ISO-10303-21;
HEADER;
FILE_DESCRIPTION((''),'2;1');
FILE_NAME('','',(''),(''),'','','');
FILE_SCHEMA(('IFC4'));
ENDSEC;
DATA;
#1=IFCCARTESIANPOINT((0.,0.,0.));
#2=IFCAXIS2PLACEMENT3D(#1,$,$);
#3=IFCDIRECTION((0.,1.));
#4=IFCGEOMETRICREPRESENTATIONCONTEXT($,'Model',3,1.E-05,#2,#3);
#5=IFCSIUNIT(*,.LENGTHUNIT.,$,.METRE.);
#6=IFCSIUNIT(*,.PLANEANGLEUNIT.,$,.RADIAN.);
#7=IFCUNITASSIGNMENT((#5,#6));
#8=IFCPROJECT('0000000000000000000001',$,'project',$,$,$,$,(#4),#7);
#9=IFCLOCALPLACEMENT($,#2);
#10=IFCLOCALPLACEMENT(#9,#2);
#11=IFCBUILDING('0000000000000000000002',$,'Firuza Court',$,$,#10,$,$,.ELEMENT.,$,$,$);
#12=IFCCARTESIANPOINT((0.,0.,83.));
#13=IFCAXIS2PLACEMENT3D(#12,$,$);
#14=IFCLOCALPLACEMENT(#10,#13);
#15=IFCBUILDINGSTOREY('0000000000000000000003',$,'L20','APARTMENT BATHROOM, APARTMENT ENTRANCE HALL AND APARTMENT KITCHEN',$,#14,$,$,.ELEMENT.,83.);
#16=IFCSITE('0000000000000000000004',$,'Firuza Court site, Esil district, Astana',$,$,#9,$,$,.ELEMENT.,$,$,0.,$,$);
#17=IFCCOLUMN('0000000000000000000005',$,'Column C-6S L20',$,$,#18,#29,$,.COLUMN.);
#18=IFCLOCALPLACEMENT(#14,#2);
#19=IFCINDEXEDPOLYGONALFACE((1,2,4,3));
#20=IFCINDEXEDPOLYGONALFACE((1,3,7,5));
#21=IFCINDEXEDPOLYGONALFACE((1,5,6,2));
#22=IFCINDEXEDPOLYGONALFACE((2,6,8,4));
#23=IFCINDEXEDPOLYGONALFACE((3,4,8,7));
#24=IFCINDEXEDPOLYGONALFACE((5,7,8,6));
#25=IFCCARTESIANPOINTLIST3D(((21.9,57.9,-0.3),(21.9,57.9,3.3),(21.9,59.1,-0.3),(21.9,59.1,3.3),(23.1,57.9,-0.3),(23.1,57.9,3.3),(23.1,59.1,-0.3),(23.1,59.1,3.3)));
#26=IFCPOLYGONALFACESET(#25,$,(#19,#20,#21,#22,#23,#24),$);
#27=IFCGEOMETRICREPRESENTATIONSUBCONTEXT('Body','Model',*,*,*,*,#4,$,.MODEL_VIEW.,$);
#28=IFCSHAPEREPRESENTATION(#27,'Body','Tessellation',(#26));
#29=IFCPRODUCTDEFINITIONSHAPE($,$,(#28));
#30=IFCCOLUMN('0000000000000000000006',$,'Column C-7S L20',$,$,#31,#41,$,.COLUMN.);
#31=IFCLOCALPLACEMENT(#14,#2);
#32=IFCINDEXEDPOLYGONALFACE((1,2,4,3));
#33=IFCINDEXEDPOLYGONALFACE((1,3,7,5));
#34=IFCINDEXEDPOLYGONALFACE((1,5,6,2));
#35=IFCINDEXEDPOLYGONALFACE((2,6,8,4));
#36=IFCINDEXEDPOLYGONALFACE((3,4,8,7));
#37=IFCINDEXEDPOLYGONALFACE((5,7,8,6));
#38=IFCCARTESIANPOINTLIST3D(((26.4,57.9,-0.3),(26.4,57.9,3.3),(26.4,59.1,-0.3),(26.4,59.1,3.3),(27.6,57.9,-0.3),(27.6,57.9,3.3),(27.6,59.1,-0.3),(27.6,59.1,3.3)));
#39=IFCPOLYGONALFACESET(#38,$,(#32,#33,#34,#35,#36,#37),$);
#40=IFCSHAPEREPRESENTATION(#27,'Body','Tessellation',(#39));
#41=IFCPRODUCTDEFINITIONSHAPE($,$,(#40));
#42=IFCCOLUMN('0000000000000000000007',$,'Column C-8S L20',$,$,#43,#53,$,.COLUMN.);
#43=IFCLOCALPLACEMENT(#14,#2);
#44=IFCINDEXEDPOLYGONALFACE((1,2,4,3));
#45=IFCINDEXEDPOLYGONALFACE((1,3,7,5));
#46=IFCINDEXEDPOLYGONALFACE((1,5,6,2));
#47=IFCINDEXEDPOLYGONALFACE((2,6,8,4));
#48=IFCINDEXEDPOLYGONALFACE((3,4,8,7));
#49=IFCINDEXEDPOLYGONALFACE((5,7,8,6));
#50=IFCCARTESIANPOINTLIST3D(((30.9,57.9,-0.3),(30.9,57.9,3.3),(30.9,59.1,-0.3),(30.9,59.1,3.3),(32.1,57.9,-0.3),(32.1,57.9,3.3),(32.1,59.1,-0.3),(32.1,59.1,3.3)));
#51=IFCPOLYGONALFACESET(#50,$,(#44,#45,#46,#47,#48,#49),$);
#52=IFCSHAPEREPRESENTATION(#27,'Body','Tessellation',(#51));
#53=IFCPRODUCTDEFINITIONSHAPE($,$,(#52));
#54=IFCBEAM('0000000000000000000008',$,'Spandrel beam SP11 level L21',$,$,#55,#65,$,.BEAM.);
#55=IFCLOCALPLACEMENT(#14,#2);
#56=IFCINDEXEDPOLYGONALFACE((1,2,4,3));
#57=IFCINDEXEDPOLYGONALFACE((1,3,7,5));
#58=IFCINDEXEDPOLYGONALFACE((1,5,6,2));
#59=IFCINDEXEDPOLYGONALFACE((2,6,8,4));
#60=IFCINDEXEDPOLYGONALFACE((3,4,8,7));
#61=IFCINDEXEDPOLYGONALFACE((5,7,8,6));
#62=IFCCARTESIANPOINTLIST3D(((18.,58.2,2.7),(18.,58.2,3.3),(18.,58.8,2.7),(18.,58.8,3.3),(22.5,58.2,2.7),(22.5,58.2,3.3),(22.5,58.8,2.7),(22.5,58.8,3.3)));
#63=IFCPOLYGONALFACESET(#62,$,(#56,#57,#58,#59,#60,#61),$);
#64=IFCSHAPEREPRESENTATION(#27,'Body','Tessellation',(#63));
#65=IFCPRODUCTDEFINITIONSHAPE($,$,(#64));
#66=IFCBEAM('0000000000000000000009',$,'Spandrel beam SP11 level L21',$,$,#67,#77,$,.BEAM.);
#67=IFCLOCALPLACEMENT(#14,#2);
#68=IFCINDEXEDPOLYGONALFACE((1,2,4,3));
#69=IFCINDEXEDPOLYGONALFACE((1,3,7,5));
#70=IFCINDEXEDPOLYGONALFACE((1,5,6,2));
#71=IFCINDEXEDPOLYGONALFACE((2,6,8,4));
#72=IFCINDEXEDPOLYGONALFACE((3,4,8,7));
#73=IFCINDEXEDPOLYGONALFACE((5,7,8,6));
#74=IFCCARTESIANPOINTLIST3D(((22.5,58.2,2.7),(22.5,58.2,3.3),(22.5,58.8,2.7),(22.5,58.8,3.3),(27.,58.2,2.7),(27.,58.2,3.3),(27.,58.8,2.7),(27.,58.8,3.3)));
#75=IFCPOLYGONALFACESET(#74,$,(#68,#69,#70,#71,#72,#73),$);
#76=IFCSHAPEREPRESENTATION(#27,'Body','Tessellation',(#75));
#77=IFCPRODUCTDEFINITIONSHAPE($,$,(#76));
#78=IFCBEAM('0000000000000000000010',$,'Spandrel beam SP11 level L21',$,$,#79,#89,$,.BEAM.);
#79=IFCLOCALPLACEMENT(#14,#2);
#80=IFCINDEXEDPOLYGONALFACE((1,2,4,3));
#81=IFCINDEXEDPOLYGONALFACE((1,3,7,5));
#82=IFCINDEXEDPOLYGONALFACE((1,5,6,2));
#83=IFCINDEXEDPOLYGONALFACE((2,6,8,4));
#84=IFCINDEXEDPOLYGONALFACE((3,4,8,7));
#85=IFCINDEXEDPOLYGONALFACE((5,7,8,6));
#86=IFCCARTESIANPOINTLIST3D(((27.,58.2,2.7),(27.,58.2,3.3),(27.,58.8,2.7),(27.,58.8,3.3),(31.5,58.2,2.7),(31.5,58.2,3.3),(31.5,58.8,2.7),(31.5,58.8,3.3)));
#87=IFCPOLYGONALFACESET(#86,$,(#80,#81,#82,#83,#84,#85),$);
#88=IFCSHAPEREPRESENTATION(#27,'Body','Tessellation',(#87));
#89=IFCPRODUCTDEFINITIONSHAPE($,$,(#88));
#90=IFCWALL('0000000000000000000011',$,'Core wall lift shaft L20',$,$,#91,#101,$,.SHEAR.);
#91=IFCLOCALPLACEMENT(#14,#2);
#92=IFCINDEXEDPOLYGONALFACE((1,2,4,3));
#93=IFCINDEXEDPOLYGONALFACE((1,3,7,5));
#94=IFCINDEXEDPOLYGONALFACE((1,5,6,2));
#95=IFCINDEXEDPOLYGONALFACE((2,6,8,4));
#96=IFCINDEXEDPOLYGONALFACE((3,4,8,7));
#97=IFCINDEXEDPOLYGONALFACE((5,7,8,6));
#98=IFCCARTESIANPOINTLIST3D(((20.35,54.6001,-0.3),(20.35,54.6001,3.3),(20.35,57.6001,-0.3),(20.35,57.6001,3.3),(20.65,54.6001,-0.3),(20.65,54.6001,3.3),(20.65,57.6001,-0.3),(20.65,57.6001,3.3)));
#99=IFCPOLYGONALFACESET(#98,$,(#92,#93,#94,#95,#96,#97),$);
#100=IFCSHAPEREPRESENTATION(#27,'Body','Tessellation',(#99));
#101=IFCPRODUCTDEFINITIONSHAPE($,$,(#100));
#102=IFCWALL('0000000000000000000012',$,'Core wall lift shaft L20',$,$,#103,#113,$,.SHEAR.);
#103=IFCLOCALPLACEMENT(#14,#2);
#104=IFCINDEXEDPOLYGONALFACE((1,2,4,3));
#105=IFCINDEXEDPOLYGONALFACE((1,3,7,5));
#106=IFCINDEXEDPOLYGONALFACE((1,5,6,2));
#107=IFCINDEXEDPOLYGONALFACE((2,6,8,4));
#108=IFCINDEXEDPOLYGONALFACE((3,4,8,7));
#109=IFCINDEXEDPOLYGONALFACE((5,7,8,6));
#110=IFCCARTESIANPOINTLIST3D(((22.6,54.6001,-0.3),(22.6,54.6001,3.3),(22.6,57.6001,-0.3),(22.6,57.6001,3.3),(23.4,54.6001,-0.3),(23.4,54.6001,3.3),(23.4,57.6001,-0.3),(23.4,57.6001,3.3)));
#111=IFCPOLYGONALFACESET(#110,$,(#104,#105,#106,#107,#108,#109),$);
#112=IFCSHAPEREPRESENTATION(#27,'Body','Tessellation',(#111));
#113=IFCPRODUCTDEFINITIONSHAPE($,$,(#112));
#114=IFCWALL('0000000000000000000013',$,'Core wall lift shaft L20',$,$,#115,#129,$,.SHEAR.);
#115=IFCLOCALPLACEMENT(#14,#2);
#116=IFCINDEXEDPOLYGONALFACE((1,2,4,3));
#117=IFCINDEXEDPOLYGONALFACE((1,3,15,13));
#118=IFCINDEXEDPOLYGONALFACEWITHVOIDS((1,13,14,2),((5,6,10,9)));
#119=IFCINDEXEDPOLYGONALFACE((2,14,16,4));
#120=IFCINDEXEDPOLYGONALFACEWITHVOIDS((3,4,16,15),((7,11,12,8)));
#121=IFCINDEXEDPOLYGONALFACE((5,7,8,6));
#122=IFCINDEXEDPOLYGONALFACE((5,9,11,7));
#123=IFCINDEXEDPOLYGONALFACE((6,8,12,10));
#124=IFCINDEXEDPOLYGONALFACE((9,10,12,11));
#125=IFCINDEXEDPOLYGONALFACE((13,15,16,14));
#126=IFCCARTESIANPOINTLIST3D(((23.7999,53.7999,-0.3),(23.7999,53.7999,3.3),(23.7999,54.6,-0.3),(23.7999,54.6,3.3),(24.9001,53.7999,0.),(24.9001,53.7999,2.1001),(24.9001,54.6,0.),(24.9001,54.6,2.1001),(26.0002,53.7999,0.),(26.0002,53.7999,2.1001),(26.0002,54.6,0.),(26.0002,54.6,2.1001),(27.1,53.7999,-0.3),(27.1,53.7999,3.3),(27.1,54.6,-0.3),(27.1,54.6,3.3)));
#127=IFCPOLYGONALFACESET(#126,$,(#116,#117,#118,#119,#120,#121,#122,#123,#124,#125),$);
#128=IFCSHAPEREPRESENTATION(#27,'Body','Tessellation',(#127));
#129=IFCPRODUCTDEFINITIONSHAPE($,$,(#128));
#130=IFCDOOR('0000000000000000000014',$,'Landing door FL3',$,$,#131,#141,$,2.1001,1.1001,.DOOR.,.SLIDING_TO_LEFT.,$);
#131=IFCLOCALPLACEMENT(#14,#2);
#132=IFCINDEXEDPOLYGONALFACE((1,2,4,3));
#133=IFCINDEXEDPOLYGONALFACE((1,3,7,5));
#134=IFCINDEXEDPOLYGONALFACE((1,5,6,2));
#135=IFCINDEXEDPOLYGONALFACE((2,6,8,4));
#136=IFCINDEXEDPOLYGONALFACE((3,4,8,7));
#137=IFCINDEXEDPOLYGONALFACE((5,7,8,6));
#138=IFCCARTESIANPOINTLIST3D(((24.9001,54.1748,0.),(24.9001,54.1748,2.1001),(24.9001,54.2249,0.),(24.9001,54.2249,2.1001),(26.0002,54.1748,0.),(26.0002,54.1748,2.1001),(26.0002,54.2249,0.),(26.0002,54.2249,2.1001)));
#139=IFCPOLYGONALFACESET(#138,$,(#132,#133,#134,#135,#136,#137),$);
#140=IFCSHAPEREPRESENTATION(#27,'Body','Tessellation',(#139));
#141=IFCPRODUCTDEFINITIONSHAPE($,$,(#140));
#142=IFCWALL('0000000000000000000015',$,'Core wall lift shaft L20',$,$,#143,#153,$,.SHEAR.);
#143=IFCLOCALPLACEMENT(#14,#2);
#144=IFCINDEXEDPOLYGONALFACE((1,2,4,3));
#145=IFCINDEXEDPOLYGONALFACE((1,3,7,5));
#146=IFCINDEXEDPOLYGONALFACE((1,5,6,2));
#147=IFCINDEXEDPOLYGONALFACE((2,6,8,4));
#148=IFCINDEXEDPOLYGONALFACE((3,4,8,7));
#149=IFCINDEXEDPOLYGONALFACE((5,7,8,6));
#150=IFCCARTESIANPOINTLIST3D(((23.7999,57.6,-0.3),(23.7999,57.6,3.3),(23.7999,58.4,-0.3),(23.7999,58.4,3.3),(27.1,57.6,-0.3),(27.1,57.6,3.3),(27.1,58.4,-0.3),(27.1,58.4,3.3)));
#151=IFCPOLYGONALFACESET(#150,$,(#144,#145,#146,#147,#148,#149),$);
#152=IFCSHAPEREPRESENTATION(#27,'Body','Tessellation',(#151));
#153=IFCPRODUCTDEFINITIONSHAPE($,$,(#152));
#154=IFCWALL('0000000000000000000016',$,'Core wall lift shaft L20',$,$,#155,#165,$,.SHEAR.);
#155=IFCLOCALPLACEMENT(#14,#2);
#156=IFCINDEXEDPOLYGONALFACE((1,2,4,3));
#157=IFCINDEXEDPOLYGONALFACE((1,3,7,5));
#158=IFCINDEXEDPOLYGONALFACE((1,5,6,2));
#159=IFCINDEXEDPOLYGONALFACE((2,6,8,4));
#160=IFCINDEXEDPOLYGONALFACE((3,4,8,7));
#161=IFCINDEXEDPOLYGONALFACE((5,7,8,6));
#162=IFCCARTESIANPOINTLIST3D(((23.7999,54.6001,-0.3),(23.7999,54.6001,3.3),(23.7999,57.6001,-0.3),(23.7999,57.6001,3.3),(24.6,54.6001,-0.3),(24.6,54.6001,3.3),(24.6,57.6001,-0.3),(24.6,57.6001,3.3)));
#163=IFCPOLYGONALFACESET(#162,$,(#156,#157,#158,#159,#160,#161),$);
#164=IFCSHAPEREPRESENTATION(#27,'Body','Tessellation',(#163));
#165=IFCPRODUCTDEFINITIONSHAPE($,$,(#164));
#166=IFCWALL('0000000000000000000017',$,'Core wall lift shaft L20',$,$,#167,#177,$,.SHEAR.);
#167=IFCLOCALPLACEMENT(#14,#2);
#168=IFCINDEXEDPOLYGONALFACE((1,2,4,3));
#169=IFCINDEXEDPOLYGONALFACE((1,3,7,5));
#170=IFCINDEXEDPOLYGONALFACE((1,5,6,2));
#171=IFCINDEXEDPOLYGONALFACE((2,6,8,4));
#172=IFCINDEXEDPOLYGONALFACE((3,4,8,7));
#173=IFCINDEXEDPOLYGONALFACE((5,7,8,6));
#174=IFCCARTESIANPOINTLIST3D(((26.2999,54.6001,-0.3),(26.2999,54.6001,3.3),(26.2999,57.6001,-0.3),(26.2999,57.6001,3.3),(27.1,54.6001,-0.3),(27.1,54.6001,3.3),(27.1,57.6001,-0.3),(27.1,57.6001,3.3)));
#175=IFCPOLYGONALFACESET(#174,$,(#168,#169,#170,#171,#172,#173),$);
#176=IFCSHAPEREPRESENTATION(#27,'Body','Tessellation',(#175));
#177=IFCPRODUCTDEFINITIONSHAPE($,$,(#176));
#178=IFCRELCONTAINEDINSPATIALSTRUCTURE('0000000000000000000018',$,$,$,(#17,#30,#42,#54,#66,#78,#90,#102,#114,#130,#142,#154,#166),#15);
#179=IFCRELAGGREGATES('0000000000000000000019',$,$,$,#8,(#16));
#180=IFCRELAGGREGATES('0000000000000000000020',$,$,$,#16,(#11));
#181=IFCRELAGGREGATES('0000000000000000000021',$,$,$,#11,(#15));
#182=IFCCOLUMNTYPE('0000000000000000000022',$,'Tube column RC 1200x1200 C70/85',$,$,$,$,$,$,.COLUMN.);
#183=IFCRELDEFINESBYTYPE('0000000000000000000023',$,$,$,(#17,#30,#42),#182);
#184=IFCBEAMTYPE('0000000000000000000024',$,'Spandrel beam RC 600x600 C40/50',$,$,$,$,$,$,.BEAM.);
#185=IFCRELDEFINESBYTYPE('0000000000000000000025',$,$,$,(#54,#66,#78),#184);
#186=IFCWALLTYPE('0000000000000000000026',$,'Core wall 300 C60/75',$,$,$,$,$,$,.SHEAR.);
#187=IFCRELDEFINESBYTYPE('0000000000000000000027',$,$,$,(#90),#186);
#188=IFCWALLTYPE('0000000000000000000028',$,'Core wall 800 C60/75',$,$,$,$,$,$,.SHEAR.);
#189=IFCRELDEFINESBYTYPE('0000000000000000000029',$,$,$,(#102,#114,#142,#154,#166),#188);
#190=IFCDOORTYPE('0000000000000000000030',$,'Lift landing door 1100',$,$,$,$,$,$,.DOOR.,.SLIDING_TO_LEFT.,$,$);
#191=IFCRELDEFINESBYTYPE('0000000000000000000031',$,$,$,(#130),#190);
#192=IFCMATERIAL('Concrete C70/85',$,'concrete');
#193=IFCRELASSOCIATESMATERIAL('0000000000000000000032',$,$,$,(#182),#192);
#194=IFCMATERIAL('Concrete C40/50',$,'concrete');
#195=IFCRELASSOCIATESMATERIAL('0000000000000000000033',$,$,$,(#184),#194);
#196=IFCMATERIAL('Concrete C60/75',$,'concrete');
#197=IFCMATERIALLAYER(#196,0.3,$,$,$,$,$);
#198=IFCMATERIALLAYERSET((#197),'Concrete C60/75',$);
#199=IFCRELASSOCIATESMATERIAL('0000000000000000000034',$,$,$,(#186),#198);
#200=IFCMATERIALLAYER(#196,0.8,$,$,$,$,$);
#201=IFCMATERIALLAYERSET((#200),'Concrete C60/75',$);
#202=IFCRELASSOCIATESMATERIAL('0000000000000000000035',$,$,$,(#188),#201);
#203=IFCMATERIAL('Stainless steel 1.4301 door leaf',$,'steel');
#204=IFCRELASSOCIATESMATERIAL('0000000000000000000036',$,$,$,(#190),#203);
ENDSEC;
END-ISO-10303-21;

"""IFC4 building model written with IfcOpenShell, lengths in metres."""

from ifc_helpers import new_model, si_unit, direction, frame, frame_2d, origin, origin_2d, place, context, subcontext, project, spatial, rectangle, extrude, material, layer, layer_set, material_profile, profile_set, type_object, element, fill, save


model = new_model("IFC4")

# Units and contexts
model_context = context("Model", 3, precision=1e-05, world=origin(), true_north=direction((0.0, 1.0)))
body_context = subcontext(model_context, "Body", "Model", "MODEL_VIEW")
ifc_project = project(units=[si_unit("LENGTHUNIT", "METRE"), si_unit("PLANEANGLEUNIT", "RADIAN")], contexts=[model_context])

# Site, building, storey
site_placement = place(None, origin())
site = spatial("IfcSite", under=ifc_project, at=site_placement, Name="Firuza Court site, Esil district, Astana", CompositionType="ELEMENT", RefElevation=0.0)
building_placement = place(site_placement, origin())
building = spatial("IfcBuilding", under=site, at=building_placement, Name="Firuza Court", CompositionType="ELEMENT")
storey_placement = place(building_placement, frame((0.0, 0.0, 83.0)))
storey = spatial("IfcBuildingStorey", under=building, at=storey_placement, Name="L20", Description="APARTMENT BATHROOM, APARTMENT ENTRANCE HALL AND APARTMENT KITCHEN", CompositionType="ELEMENT", Elevation=83.0)

# Columns
ifc_material_1 = material(Name="Concrete C70/85", Category="concrete")
ifc_material_profile_1 = material_profile(ifc_material_1, rectangle(XDim=1.2, YDim=1.2, at=origin_2d()), Name="RC 1200x1200")
ifc_profile_set_1 = profile_set([ifc_material_profile_1], Name="Concrete C70/85")
column_type = type_object("IfcColumnType", Name="Tube column RC 1200x1200 C70/85", PredefinedType="COLUMN", material=ifc_profile_set_1)
for number, where, z_axis, x_axis, name in (
    (1, (22.5, 58.5, -0.3), (0.0, 0.0, 1.0), (1.0, 0.0, 0.0), "Column C-6S L20"),
    (2, (27.0, 58.5, -0.3), (0.0, 0.0, 1.0), (1.0, 0.0, 0.0), "Column C-7S L20"),
    (3, (31.5, 58.5, -0.3), (0.0, 0.0, 1.0), (1.0, 0.0, 0.0), "Column C-8S L20"),
):
    element("IfcColumn", number, at=place(storey_placement, frame(where, z_axis=z_axis, x_axis=x_axis)), inside=storey, type_object=column_type, Name=name, PredefinedType="COLUMN", context=body_context, shape_type="SweptSolid", body=[
        extrude(rectangle(XDim=1.2, YDim=1.2, at=origin_2d()), origin(), (0.0, 0.0, 1.0), 3.6001),
    ])

# Beams
ifc_material_2 = material(Name="Concrete C40/50", Category="concrete")
ifc_material_profile_2 = material_profile(ifc_material_2, rectangle(XDim=0.6001, YDim=0.6001, at=origin_2d()), Name="RC 600x600")
ifc_profile_set_2 = profile_set([ifc_material_profile_2], Name="Concrete C40/50")
beam_type = type_object("IfcBeamType", Name="Spandrel beam RC 600x600 C40/50", PredefinedType="BEAM", material=ifc_profile_set_2)
for number, where, z_axis, x_axis, name in (
    (4, (22.5, 58.5, 3.0), (-1.0, 0.0, 0.0), (0.0, -1.0, 0.0), "Spandrel beam SP11 level L21"),
    (5, (27.0, 58.5, 3.0), (-1.0, 0.0, 0.0), (0.0, -1.0, 0.0), "Spandrel beam SP11 level L21"),
    (6, (31.5, 58.5, 3.0), (-1.0, 0.0, 0.0), (0.0, -1.0, 0.0), "Spandrel beam SP11 level L21"),
):
    element("IfcBeam", number, at=place(storey_placement, frame(where, z_axis=z_axis, x_axis=x_axis)), inside=storey, type_object=beam_type, Name=name, PredefinedType="BEAM", context=body_context, shape_type="SweptSolid", body=[
        extrude(rectangle(XDim=0.6001, YDim=0.6001, at=origin_2d()), origin(), (0.0, 0.0, 1.0), 4.5),
    ])

# Walls
ifc_material_3 = material(Name="Concrete C60/75", Category="concrete")
ifc_layer_1 = layer(ifc_material_3, 0.3)
ifc_layer_set_1 = layer_set([ifc_layer_1], Name="Concrete C60/75")
wall_type_1 = type_object("IfcWallType", Name="Core wall 300 C60/75", PredefinedType="SHEAR", material=ifc_layer_set_1)
wall_1_placement = place(storey_placement, frame((20.5, 54.6001, -0.3), z_axis=(0.0, 0.0, 1.0), x_axis=(0.0, 1.0, 0.0)))
element("IfcWall", 7, at=wall_1_placement, inside=storey, type_object=wall_type_1, Name="Core wall lift shaft L20", PredefinedType="SHEAR", context=body_context, shape_type="SweptSolid", body=[
    extrude(rectangle(XDim=3.0, YDim=0.3, at=frame_2d((1.5, 0.0))), origin(), (0.0, 0.0, 1.0), 3.6001),
])
ifc_layer_2 = layer(ifc_material_3, 0.8)
ifc_layer_set_2 = layer_set([ifc_layer_2], Name="Concrete C60/75")
wall_type_2 = type_object("IfcWallType", Name="Core wall 800 C60/75", PredefinedType="SHEAR", material=ifc_layer_set_2)
wall_2_placement = place(storey_placement, frame((23.0, 54.6001, -0.3), z_axis=(0.0, 0.0, 1.0), x_axis=(0.0, 1.0, 0.0)))
element("IfcWall", 8, at=wall_2_placement, inside=storey, type_object=wall_type_2, Name="Core wall lift shaft L20", PredefinedType="SHEAR", context=body_context, shape_type="SweptSolid", body=[
    extrude(rectangle(XDim=3.0, YDim=0.8, at=frame_2d((1.5, 0.0))), origin(), (0.0, 0.0, 1.0), 3.6001),
])

# Wall, opening, door
wall_3_placement = place(storey_placement, frame((23.8, 54.2, -0.3), z_axis=(0.0, 0.0, 1.0), x_axis=(1.0, 0.0, 0.0)))
wall_3 = element("IfcWall", 9, at=wall_3_placement, inside=storey, type_object=wall_type_2, Name="Core wall lift shaft L20", PredefinedType="SHEAR", context=body_context, shape_type="SweptSolid", body=[
    extrude(rectangle(XDim=3.3, YDim=0.8, at=frame_2d((1.6499, 0.0))), origin(), (0.0, 0.0, 1.0), 3.6001),
])
opening_1_placement = place(wall_3_placement, frame((1.1001, 0.0, 0.3)))
opening_1 = element("IfcOpeningElement", 10, at=opening_1_placement, cuts=wall_3, PredefinedType="OPENING", context=body_context, shape_type="SweptSolid", body=[
    extrude(rectangle(XDim=1.1001, YDim=2.1001, at=frame_2d((0.55, 1.05))), frame((0.0, 0.4121, 0.0), z_axis=(0.0, -1.0, 0.0), x_axis=(1.0, 0.0, 0.0)), (0.0, 0.0, 1.0), 0.824),
])
ifc_material_4 = material(Name="Stainless steel 1.4301 door leaf", Category="steel")
door_type_1 = type_object("IfcDoorType", Name="Lift landing door 1100", OperationType="SLIDING_TO_LEFT", PredefinedType="DOOR", material=ifc_material_4)
door_1_placement = place(opening_1_placement, origin())
door_1 = element("IfcDoor", 11, at=door_1_placement, inside=storey, type_object=door_type_1, Name="Landing door FL3", OperationType="SLIDING_TO_LEFT", OverallHeight=2.1001, OverallWidth=1.1001, PredefinedType="DOOR", context=body_context, shape_type="SweptSolid", body=[
    extrude(rectangle(XDim=1.1001, YDim=2.1001, at=frame_2d((0.55, 1.05))), frame((0.0, 0.0249, 0.0), z_axis=(0.0, -1.0, 0.0), x_axis=(1.0, 0.0, 0.0)), (0.0, 0.0, 1.0), 0.05),
])
fill(opening_1, door_1)

# Walls
wall_4_placement = place(storey_placement, frame((23.8, 58.0, -0.3), z_axis=(0.0, 0.0, 1.0), x_axis=(1.0, 0.0, 0.0)))
element("IfcWall", 12, at=wall_4_placement, inside=storey, type_object=wall_type_2, Name="Core wall lift shaft L20", PredefinedType="SHEAR", context=body_context, shape_type="SweptSolid", body=[
    extrude(rectangle(XDim=3.3, YDim=0.8, at=frame_2d((1.6499, 0.0))), origin(), (0.0, 0.0, 1.0), 3.6001),
])
for number, where, z_axis, x_axis, name in (
    (13, (24.2, 54.6001, -0.3), (0.0, 0.0, 1.0), (0.0, 1.0, 0.0), "Core wall lift shaft L20"),
    (14, (26.7, 54.6001, -0.3), (0.0, 0.0, 1.0), (0.0, 1.0, 0.0), "Core wall lift shaft L20"),
):
    element("IfcWall", number, at=place(storey_placement, frame(where, z_axis=z_axis, x_axis=x_axis)), inside=storey, type_object=wall_type_2, Name=name, PredefinedType="SHEAR", context=body_context, shape_type="SweptSolid", body=[
        extrude(rectangle(XDim=3.0, YDim=0.8, at=frame_2d((1.5, 0.0))), origin(), (0.0, 0.0, 1.0), 3.6001),
    ])

save(model, "model.ifc")
